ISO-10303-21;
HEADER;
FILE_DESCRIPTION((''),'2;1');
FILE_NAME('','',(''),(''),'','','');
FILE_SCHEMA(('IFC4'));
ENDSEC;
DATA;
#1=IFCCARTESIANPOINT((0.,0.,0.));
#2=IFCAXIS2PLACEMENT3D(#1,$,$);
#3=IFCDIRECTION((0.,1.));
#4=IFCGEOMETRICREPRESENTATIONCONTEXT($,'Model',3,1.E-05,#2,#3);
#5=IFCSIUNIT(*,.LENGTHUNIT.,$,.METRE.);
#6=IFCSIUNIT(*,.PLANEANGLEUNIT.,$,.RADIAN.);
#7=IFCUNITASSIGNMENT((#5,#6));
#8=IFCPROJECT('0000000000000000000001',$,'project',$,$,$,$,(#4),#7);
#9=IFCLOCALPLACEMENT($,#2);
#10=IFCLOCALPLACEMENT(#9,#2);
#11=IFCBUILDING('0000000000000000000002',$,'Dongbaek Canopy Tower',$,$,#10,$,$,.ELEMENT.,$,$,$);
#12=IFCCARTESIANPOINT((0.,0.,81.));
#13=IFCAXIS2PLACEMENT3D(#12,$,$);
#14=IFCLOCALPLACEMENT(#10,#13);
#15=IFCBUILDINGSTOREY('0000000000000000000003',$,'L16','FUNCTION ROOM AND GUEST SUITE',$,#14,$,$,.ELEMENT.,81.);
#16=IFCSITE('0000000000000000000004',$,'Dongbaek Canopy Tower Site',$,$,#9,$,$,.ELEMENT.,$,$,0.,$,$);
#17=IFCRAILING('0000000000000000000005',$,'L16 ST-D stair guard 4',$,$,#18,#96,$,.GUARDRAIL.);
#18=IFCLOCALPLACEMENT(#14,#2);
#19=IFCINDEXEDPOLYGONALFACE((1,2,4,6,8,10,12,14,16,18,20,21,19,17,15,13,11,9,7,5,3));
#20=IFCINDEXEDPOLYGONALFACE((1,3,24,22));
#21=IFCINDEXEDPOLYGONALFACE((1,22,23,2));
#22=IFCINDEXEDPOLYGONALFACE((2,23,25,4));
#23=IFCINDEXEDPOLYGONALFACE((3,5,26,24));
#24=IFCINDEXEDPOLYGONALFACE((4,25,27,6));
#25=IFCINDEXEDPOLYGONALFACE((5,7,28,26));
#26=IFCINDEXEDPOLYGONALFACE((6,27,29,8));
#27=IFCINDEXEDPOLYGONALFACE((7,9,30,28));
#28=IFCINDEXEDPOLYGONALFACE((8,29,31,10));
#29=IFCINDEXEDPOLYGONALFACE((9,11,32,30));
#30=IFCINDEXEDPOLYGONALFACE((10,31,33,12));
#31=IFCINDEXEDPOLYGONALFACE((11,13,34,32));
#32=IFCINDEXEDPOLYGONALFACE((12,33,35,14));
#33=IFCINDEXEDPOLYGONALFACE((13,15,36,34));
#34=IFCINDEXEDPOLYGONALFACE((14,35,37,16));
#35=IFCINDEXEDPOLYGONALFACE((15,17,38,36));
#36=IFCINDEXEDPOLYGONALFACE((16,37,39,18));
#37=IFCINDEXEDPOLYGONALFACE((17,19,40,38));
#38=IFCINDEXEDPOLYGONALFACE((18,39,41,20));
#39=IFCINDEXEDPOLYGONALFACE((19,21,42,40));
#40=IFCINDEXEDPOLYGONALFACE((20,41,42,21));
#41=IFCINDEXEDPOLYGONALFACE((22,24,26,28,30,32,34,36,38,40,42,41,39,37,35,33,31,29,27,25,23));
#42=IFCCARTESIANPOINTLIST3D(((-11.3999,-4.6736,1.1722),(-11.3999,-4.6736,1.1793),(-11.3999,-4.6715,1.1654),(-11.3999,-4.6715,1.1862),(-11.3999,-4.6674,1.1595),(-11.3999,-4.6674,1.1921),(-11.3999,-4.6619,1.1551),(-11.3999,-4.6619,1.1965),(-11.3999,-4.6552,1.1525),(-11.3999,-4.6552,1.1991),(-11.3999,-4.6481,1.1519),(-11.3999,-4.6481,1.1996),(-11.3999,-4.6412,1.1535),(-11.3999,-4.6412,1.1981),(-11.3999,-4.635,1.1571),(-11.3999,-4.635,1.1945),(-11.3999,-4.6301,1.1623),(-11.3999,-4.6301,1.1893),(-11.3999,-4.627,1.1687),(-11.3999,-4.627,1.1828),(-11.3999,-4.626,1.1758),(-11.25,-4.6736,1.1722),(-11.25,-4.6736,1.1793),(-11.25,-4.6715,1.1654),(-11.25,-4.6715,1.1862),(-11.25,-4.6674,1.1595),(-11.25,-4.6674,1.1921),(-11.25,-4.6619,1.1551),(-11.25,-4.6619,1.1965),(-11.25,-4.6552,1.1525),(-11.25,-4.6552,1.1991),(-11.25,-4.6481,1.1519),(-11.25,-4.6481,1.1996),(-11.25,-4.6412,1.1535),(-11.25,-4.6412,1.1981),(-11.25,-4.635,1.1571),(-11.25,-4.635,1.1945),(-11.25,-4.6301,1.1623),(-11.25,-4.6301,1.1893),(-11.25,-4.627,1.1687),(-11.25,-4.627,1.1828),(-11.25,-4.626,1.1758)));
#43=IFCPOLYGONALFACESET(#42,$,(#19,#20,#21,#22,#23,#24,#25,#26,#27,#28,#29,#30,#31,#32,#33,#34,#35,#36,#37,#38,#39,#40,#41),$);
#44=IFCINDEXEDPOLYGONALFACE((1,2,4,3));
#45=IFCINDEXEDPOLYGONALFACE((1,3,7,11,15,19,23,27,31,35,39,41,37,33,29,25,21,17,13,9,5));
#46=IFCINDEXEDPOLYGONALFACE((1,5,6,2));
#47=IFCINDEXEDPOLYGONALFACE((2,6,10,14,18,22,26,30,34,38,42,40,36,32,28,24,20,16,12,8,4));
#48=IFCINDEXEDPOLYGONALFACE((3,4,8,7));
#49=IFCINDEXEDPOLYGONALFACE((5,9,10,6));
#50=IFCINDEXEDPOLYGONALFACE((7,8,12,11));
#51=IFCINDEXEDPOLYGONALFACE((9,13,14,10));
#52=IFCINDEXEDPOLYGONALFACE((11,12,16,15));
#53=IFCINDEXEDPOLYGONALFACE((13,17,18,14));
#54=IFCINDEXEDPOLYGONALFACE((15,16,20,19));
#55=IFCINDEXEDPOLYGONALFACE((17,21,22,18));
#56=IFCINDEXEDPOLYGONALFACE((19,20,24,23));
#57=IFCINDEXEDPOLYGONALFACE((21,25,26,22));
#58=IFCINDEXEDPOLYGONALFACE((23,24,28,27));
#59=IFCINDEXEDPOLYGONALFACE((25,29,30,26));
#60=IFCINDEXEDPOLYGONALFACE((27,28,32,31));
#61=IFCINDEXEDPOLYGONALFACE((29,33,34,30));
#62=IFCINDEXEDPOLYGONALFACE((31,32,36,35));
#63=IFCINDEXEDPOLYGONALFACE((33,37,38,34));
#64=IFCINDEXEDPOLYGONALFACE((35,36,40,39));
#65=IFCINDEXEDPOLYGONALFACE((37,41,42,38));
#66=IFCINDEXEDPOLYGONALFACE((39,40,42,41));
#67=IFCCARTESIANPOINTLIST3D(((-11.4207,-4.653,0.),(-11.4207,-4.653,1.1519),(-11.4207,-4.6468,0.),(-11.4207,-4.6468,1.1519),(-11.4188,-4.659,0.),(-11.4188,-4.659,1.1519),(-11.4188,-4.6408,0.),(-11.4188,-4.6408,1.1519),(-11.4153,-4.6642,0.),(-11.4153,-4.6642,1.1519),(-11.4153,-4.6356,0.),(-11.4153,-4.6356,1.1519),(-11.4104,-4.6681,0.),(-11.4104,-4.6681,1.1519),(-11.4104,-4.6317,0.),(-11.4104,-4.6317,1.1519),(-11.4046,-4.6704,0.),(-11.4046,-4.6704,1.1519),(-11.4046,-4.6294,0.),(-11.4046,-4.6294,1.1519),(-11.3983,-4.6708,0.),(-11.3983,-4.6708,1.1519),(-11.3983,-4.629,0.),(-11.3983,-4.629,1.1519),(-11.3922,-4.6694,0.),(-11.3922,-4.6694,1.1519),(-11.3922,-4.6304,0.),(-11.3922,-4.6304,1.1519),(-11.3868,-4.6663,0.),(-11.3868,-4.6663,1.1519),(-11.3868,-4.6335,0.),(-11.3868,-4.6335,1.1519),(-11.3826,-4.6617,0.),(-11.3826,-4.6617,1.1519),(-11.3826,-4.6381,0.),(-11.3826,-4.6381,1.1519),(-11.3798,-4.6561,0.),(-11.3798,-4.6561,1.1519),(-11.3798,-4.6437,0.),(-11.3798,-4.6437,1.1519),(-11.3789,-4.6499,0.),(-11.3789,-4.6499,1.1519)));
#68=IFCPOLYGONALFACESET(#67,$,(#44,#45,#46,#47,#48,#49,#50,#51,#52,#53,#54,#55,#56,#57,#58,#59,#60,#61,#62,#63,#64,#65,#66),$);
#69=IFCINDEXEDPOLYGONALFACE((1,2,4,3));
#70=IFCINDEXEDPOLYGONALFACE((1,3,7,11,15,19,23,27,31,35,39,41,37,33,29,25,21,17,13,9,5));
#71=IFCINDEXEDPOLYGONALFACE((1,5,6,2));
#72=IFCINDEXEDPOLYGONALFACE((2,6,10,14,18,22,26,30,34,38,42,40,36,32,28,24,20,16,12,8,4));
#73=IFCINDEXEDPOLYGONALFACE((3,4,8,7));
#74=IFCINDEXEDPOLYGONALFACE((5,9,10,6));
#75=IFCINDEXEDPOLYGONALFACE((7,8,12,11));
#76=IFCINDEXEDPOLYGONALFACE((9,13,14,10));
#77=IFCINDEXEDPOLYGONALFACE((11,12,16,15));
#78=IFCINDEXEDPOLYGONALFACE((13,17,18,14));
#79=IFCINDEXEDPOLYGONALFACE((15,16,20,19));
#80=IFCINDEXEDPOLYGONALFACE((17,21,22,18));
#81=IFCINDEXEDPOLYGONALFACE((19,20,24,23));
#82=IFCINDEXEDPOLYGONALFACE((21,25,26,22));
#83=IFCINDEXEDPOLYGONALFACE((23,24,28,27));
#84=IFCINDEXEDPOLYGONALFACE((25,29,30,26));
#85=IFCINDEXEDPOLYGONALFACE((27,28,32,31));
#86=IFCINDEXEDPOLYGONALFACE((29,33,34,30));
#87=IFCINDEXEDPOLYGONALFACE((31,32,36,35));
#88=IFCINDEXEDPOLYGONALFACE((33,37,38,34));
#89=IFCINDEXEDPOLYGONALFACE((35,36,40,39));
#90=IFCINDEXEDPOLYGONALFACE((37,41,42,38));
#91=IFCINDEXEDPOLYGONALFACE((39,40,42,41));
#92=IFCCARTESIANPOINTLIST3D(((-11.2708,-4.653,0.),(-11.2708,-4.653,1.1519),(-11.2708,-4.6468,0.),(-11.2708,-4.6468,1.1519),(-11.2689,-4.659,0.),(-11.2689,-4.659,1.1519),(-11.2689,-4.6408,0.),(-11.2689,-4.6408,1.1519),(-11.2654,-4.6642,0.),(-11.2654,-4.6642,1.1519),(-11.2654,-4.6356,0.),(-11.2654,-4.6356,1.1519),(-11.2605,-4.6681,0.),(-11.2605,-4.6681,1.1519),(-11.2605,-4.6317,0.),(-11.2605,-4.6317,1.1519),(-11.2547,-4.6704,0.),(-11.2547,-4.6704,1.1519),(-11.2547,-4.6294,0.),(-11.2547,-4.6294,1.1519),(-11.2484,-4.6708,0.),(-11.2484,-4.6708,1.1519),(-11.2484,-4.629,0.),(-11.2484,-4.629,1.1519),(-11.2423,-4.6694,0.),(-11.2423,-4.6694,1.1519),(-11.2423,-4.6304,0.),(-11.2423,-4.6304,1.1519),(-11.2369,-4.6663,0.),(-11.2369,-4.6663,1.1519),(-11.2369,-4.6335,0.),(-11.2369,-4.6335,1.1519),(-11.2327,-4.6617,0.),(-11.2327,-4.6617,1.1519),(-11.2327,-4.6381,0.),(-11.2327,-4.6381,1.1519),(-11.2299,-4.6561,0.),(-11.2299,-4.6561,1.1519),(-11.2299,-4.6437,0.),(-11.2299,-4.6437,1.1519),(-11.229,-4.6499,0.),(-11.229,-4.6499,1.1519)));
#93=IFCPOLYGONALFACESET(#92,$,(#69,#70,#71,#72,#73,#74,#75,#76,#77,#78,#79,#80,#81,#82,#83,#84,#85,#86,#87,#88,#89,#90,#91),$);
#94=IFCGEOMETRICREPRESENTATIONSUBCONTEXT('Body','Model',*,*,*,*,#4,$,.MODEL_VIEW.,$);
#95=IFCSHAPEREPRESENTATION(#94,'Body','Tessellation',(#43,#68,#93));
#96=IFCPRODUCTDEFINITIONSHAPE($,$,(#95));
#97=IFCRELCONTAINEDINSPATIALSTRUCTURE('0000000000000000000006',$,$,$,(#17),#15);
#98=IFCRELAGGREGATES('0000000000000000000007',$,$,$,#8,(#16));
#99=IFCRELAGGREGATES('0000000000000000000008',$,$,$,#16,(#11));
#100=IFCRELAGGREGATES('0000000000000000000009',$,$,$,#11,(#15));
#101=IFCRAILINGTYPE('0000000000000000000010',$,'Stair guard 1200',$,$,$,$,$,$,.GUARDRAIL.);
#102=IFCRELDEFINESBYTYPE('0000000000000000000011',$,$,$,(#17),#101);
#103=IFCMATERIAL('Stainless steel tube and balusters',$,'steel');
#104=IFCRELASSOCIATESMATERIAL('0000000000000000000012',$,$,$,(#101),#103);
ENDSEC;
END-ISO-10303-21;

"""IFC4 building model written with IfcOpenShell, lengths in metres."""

from ifc_helpers import new_model, si_unit, direction, frame, origin, origin_2d, place, context, subcontext, project, spatial, circle, extrude, material, type_object, element, save


model = new_model("IFC4")

# Units and contexts
model_context = context("Model", 3, precision=1e-05, world=origin(), true_north=direction((0.0, 1.0)))
body_context = subcontext(model_context, "Body", "Model", "MODEL_VIEW")
ifc_project = project(units=[si_unit("LENGTHUNIT", "METRE"), si_unit("PLANEANGLEUNIT", "RADIAN")], contexts=[model_context])

# Site, building, storey
site_placement = place(None, origin())
site = spatial("IfcSite", under=ifc_project, at=site_placement, Name="Dongbaek Canopy Tower Site", CompositionType="ELEMENT", RefElevation=0.0)
building_placement = place(site_placement, origin())
building = spatial("IfcBuilding", under=site, at=building_placement, Name="Dongbaek Canopy Tower", CompositionType="ELEMENT")
storey_placement = place(building_placement, frame((0.0, 0.0, 81.0)))
storey = spatial("IfcBuildingStorey", under=building, at=storey_placement, Name="L16", Description="FUNCTION ROOM AND GUEST SUITE", CompositionType="ELEMENT", Elevation=81.0)

# Railing
ifc_material_1 = material(Name="Stainless steel tube and balusters", Category="steel")
railing_type_1 = type_object("IfcRailingType", Name="Stair guard 1200", PredefinedType="GUARDRAIL", material=ifc_material_1)
railing_1_placement = place(storey_placement, frame((-11.3999, -4.6499, 0.0)))
element("IfcRailing", 1, at=railing_1_placement, inside=storey, type_object=railing_type_1, Name="L16 ST-D stair guard 4", PredefinedType="GUARDRAIL", context=body_context, shape_type="SweptSolid", body=[
    extrude(circle(Radius=0.0239, at=origin_2d()), frame((0.0, 0.0, 1.1758), z_axis=(1.0, 0.0, 0.0), x_axis=(0.0, 1.0, 0.0)), (0.0, 0.0, 1.0), 0.1499),
    extrude(circle(Radius=0.021, at=origin_2d()), origin(), (0.0, 0.0, 1.0), 1.1519),
    extrude(circle(Radius=0.021, at=origin_2d()), frame((0.1499, 0.0, 0.0)), (0.0, 0.0, 1.0), 1.1519),
])

save(model, "model.ifc")
